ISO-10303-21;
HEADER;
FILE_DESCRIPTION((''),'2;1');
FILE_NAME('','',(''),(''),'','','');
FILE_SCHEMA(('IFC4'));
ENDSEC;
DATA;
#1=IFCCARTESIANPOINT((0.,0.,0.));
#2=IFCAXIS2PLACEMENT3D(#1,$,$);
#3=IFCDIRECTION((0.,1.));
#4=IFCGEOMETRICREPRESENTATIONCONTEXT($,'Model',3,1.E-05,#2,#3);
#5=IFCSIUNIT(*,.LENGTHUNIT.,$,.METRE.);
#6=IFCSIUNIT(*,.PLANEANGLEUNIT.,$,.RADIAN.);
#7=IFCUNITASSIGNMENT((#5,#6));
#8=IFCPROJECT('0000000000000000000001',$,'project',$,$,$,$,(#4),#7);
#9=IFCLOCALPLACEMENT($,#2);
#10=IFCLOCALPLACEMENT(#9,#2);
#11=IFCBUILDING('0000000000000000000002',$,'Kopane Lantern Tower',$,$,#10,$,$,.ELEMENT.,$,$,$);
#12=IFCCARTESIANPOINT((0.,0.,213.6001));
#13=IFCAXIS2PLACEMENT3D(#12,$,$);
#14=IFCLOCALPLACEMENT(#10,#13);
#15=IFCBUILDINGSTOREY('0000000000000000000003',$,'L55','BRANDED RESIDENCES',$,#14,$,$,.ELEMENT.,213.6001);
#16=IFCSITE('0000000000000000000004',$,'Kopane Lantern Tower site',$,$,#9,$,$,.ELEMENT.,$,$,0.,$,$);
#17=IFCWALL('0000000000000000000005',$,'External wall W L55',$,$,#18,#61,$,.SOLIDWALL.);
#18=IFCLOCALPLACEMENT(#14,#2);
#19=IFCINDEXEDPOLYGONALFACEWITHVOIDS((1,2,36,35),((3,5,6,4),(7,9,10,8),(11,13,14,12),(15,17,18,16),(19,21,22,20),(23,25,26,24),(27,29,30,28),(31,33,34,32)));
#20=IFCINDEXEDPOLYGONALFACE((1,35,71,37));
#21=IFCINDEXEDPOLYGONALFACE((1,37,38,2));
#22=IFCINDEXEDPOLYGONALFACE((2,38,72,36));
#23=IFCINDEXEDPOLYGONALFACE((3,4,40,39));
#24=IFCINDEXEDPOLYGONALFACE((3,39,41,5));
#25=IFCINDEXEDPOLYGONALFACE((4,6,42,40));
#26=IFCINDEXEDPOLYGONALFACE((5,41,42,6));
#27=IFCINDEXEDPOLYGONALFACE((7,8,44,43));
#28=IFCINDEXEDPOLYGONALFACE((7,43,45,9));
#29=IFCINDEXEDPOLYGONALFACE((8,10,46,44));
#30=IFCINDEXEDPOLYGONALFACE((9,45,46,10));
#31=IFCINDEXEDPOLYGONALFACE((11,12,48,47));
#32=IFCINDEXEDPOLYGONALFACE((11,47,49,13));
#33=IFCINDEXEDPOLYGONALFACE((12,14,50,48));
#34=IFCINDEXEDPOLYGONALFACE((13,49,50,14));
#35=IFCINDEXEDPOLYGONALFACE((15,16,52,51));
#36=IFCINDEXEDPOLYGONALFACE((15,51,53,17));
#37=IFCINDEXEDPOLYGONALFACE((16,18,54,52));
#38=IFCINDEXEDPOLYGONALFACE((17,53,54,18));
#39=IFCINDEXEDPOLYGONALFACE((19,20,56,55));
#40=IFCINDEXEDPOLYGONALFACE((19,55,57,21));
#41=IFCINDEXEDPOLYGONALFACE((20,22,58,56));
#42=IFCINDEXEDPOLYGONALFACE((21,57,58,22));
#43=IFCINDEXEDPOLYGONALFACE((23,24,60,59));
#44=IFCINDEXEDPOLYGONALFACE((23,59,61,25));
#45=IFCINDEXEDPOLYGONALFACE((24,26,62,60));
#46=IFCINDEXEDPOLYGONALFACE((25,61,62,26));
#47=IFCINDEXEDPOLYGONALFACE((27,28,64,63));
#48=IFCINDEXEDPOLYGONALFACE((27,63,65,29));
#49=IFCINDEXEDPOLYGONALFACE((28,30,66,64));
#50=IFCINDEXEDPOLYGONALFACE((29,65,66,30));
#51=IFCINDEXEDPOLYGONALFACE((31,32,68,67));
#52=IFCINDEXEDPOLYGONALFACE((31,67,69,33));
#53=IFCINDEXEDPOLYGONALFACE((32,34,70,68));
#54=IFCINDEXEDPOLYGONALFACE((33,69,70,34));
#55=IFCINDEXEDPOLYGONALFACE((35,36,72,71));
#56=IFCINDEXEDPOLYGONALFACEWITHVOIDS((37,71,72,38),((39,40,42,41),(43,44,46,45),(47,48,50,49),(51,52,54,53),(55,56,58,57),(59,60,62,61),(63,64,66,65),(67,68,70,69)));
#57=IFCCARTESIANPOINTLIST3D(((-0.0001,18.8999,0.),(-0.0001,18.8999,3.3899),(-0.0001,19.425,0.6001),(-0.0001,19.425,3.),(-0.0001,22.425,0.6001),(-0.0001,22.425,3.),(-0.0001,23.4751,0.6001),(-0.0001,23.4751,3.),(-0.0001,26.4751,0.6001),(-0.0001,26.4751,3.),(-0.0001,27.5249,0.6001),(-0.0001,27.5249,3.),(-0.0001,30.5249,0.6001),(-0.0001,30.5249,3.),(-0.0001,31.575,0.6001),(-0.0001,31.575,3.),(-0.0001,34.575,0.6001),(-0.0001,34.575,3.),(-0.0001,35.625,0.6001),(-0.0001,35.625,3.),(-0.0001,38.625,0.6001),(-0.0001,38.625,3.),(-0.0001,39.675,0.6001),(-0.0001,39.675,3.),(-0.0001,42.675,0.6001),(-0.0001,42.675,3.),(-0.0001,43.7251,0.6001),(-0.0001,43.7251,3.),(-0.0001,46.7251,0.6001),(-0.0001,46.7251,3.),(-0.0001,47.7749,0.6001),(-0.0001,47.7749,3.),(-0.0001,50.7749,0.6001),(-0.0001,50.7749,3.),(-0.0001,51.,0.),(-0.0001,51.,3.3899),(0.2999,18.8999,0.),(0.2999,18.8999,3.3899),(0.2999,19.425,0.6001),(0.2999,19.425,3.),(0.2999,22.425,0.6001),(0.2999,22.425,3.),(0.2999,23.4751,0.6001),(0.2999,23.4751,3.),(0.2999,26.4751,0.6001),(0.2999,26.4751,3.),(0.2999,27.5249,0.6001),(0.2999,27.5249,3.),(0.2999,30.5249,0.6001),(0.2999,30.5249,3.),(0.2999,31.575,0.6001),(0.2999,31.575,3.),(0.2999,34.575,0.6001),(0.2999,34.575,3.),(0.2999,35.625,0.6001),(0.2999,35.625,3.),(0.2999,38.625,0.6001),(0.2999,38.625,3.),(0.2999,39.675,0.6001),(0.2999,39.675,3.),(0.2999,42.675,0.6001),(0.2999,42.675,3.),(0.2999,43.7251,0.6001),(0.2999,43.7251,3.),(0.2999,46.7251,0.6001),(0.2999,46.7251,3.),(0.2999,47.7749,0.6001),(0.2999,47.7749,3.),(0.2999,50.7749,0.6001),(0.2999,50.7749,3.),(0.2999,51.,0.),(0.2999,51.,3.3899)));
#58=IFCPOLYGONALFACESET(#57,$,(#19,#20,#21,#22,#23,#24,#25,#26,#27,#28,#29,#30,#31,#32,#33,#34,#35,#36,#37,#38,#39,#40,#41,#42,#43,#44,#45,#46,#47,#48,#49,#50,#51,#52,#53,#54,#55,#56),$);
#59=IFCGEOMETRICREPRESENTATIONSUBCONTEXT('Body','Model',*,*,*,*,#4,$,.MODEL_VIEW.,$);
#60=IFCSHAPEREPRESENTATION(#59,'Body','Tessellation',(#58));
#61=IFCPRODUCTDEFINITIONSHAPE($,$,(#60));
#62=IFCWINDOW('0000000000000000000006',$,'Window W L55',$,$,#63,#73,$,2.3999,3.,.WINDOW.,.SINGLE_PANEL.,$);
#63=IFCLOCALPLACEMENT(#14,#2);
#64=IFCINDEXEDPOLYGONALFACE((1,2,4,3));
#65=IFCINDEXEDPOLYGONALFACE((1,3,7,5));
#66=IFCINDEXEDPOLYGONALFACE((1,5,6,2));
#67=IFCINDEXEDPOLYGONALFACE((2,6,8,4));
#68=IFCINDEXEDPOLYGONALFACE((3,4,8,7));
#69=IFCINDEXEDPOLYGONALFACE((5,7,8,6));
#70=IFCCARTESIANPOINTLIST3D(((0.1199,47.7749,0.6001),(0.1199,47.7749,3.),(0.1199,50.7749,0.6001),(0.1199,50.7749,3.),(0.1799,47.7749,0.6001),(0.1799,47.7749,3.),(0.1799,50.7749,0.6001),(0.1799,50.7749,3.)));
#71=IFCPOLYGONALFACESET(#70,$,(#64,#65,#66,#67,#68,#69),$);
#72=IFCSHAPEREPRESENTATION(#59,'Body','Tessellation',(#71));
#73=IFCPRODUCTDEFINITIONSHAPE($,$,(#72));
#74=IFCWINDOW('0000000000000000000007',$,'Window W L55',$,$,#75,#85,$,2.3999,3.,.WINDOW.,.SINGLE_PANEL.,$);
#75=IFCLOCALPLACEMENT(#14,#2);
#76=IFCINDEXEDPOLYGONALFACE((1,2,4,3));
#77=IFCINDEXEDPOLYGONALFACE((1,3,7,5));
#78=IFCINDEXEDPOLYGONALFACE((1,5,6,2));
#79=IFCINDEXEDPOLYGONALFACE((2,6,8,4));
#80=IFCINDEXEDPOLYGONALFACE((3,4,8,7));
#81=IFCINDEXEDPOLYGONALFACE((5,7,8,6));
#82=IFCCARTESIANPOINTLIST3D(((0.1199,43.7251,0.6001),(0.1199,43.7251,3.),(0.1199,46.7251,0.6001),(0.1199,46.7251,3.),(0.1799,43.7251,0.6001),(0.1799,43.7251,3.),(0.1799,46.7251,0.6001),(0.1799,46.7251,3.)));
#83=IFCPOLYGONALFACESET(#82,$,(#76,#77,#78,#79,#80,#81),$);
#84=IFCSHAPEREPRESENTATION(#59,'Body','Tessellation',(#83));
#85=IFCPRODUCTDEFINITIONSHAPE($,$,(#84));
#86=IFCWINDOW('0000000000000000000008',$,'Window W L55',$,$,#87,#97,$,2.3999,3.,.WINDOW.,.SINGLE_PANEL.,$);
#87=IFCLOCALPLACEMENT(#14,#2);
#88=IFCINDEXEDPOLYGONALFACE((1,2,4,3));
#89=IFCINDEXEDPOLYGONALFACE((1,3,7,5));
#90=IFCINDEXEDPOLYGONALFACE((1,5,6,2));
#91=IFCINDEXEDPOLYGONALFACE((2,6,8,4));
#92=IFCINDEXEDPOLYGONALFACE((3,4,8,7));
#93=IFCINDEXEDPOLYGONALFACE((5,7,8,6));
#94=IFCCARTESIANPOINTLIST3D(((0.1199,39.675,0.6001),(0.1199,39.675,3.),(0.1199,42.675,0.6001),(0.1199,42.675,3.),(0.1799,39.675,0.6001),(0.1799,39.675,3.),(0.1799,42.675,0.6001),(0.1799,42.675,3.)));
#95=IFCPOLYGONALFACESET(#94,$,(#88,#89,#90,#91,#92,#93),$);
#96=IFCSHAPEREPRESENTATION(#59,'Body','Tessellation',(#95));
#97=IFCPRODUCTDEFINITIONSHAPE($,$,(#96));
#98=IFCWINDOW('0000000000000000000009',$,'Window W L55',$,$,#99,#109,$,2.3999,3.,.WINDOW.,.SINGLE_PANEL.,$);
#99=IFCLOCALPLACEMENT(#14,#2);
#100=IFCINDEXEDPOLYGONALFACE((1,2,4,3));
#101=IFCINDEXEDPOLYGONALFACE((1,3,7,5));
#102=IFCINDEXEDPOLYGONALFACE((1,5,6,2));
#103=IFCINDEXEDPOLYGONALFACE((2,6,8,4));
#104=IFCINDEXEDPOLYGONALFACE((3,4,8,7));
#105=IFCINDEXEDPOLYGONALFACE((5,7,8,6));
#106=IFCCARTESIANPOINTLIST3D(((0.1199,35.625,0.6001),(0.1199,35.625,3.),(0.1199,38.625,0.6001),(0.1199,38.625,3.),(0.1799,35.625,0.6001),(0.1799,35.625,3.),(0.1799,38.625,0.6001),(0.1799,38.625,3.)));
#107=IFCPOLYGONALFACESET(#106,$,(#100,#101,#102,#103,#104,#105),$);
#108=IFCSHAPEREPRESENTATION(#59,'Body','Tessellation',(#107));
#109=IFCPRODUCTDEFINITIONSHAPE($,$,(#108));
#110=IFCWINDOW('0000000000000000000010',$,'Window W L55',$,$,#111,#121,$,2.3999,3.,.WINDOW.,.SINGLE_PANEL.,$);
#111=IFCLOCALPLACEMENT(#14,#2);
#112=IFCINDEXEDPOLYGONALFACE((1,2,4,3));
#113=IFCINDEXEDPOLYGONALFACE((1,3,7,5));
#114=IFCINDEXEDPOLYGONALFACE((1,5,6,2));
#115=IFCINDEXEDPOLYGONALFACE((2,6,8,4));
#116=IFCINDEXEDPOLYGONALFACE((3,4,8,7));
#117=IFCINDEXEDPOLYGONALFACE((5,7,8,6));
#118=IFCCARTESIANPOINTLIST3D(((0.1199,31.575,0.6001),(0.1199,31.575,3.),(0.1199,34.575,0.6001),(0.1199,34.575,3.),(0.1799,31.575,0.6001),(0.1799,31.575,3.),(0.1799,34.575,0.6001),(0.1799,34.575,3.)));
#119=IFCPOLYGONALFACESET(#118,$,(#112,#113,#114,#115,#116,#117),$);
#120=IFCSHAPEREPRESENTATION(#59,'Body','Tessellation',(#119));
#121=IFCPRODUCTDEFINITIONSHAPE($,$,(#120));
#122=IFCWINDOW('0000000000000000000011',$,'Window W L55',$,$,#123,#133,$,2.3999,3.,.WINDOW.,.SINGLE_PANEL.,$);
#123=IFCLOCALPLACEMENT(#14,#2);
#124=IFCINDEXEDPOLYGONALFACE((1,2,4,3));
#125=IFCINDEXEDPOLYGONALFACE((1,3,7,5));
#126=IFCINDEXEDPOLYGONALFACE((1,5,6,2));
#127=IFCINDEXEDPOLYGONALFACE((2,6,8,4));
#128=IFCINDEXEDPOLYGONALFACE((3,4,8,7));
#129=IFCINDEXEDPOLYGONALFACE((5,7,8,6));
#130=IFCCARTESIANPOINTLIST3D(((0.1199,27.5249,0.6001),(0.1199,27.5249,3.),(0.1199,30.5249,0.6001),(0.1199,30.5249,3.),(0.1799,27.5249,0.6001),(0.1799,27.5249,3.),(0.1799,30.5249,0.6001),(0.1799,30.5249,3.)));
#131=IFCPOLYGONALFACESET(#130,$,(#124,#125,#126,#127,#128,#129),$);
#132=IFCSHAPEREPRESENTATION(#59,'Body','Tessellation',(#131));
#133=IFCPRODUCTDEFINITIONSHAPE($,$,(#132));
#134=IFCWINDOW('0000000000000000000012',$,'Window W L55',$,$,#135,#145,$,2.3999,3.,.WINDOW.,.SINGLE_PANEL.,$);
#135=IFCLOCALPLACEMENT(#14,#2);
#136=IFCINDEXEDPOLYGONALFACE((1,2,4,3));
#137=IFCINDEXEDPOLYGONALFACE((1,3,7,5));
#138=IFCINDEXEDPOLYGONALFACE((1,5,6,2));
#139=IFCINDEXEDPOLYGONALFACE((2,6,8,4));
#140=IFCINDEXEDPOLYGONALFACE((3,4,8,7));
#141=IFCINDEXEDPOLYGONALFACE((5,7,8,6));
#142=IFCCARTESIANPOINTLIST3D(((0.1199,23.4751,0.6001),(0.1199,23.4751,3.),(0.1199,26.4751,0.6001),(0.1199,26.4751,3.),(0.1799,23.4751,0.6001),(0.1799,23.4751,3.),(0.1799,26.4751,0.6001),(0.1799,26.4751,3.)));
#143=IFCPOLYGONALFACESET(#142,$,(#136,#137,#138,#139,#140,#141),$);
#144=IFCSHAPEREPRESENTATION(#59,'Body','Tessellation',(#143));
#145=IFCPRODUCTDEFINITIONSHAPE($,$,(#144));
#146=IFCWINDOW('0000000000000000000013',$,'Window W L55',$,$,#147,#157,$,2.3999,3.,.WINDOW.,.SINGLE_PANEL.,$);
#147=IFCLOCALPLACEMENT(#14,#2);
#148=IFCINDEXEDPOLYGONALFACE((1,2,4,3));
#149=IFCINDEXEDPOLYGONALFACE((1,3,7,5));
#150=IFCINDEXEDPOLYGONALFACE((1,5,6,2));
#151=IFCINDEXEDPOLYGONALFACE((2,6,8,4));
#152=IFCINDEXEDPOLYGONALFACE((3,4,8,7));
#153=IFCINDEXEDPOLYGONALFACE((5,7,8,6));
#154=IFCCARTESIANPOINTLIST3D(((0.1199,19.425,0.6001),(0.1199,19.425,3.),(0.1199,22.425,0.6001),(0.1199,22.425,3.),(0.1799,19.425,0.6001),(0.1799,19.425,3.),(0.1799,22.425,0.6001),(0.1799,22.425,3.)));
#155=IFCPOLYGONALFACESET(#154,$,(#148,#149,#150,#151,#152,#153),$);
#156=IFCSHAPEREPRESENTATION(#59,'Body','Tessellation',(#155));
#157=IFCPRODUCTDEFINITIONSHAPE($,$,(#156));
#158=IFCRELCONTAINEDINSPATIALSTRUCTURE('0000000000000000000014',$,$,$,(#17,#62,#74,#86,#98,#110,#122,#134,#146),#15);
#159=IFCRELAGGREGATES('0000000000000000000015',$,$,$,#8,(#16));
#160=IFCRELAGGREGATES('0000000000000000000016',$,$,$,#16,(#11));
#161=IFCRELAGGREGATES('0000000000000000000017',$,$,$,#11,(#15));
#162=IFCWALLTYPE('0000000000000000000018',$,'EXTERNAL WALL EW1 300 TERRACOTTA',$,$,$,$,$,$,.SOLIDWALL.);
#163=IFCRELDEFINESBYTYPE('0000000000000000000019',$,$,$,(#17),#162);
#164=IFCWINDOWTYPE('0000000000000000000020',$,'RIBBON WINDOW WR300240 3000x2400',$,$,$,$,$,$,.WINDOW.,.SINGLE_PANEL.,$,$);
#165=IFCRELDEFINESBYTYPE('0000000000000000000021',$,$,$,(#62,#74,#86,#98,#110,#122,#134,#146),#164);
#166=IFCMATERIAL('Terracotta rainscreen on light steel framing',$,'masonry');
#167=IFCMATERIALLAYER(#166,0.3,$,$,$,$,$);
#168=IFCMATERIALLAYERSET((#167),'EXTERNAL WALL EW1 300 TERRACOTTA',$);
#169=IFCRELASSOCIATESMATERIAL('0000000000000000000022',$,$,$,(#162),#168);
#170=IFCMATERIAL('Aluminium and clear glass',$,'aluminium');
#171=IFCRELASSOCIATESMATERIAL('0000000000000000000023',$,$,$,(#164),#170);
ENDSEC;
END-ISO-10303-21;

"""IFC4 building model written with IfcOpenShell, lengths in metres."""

from ifc_helpers import new_model, si_unit, direction, frame, frame_2d, origin, place, context, subcontext, project, spatial, rectangle, extrude, material, layer, layer_set, type_object, element, fill, save


model = new_model("IFC4")

# Units and contexts
model_context = context("Model", 3, precision=1e-05, world=origin(), true_north=direction((0.0, 1.0)))
body_context = subcontext(model_context, "Body", "Model", "MODEL_VIEW")
ifc_project = project(units=[si_unit("LENGTHUNIT", "METRE"), si_unit("PLANEANGLEUNIT", "RADIAN")], contexts=[model_context])

# Site, building, storey
site_placement = place(None, origin())
site = spatial("IfcSite", under=ifc_project, at=site_placement, Name="Kopane Lantern Tower site", CompositionType="ELEMENT", RefElevation=0.0)
building_placement = place(site_placement, origin())
building = spatial("IfcBuilding", under=site, at=building_placement, Name="Kopane Lantern Tower", CompositionType="ELEMENT")
storey_placement = place(building_placement, frame((0.0, 0.0, 213.6001)))
storey = spatial("IfcBuildingStorey", under=building, at=storey_placement, Name="L55", Description="BRANDED RESIDENCES", CompositionType="ELEMENT", Elevation=213.6001)

# Shared definitions
ifc_material_1 = material(Name="Terracotta rainscreen on light steel framing", Category="masonry")
ifc_layer_1 = layer(ifc_material_1, 0.3)
ifc_layer_set_1 = layer_set([ifc_layer_1], Name="EXTERNAL WALL EW1 300 TERRACOTTA")
wall_type_1 = type_object("IfcWallType", Name="EXTERNAL WALL EW1 300 TERRACOTTA", PredefinedType="SOLIDWALL", material=ifc_layer_set_1)

# Wall, openings, windows
wall_1_placement = place(storey_placement, frame((0.1499, 51.0, 0.0), z_axis=(0.0, 0.0, 1.0), x_axis=(0.0, -1.0, 0.0)))
wall_1 = element("IfcWall", 1, at=wall_1_placement, inside=storey, type_object=wall_type_1, Name="External wall W L55", PredefinedType="SOLIDWALL", context=body_context, shape_type="SweptSolid", body=[
    extrude(rectangle(XDim=32.1001, YDim=0.3, at=frame_2d((16.05, 0.0))), origin(), (0.0, 0.0, 1.0), 3.3899),
])
opening_1_placement = place(wall_1_placement, frame((0.2251, 0.0, 0.6001)))
opening_1 = element("IfcOpeningElement", 2, at=opening_1_placement, cuts=wall_1, PredefinedType="OPENING", context=body_context, shape_type="SweptSolid", body=[
    extrude(rectangle(XDim=3.0, YDim=2.3999, at=frame_2d((1.5, 1.2))), frame((0.0, 0.1599, 0.0), z_axis=(0.0, -1.0, 0.0), x_axis=(1.0, 0.0, 0.0)), (0.0, 0.0, 1.0), 0.3201),
])
opening_2_placement = place(wall_1_placement, frame((4.2749, 0.0, 0.6001)))
opening_2 = element("IfcOpeningElement", 3, at=opening_2_placement, cuts=wall_1, PredefinedType="OPENING", context=body_context, shape_type="SweptSolid", body=[
    extrude(rectangle(XDim=3.0, YDim=2.3999, at=frame_2d((1.5, 1.2))), frame((0.0, 0.1599, 0.0), z_axis=(0.0, -1.0, 0.0), x_axis=(1.0, 0.0, 0.0)), (0.0, 0.0, 1.0), 0.3201),
])
opening_3_placement = place(wall_1_placement, frame((8.325, 0.0, 0.6001)))
opening_3 = element("IfcOpeningElement", 4, at=opening_3_placement, cuts=wall_1, PredefinedType="OPENING", context=body_context, shape_type="SweptSolid", body=[
    extrude(rectangle(XDim=3.0, YDim=2.3999, at=frame_2d((1.5, 1.2))), frame((0.0, 0.1599, 0.0), z_axis=(0.0, -1.0, 0.0), x_axis=(1.0, 0.0, 0.0)), (0.0, 0.0, 1.0), 0.3201),
])
opening_4_placement = place(wall_1_placement, frame((12.375, 0.0, 0.6001)))
opening_4 = element("IfcOpeningElement", 5, at=opening_4_placement, cuts=wall_1, PredefinedType="OPENING", context=body_context, shape_type="SweptSolid", body=[
    extrude(rectangle(XDim=3.0, YDim=2.3999, at=frame_2d((1.5, 1.2))), frame((0.0, 0.1599, 0.0), z_axis=(0.0, -1.0, 0.0), x_axis=(1.0, 0.0, 0.0)), (0.0, 0.0, 1.0), 0.3201),
])
opening_5_placement = place(wall_1_placement, frame((16.425, 0.0, 0.6001)))
opening_5 = element("IfcOpeningElement", 6, at=opening_5_placement, cuts=wall_1, PredefinedType="OPENING", context=body_context, shape_type="SweptSolid", body=[
    extrude(rectangle(XDim=3.0, YDim=2.3999, at=frame_2d((1.5, 1.2))), frame((0.0, 0.1599, 0.0), z_axis=(0.0, -1.0, 0.0), x_axis=(1.0, 0.0, 0.0)), (0.0, 0.0, 1.0), 0.3201),
])
opening_6_placement = place(wall_1_placement, frame((20.4751, 0.0, 0.6001)))
opening_6 = element("IfcOpeningElement", 7, at=opening_6_placement, cuts=wall_1, PredefinedType="OPENING", context=body_context, shape_type="SweptSolid", body=[
    extrude(rectangle(XDim=3.0, YDim=2.3999, at=frame_2d((1.5, 1.2))), frame((0.0, 0.1599, 0.0), z_axis=(0.0, -1.0, 0.0), x_axis=(1.0, 0.0, 0.0)), (0.0, 0.0, 1.0), 0.3201),
])
opening_7_placement = place(wall_1_placement, frame((24.5249, 0.0, 0.6001)))
opening_7 = element("IfcOpeningElement", 8, at=opening_7_placement, cuts=wall_1, PredefinedType="OPENING", context=body_context, shape_type="SweptSolid", body=[
    extrude(rectangle(XDim=3.0, YDim=2.3999, at=frame_2d((1.5, 1.2))), frame((0.0, 0.1599, 0.0), z_axis=(0.0, -1.0, 0.0), x_axis=(1.0, 0.0, 0.0)), (0.0, 0.0, 1.0), 0.3201),
])
opening_8_placement = place(wall_1_placement, frame((28.575, 0.0, 0.6001)))
opening_8 = element("IfcOpeningElement", 9, at=opening_8_placement, cuts=wall_1, PredefinedType="OPENING", context=body_context, shape_type="SweptSolid", body=[
    extrude(rectangle(XDim=3.0, YDim=2.3999, at=frame_2d((1.5, 1.2))), frame((0.0, 0.1599, 0.0), z_axis=(0.0, -1.0, 0.0), x_axis=(1.0, 0.0, 0.0)), (0.0, 0.0, 1.0), 0.3201),
])
ifc_material_2 = material(Name="Aluminium and clear glass", Category="aluminium")
window_type_1 = type_object("IfcWindowType", Name="RIBBON WINDOW WR300240 3000x2400", PartitioningType="SINGLE_PANEL", PredefinedType="WINDOW", material=ifc_material_2)
window_1_placement = place(opening_1_placement, origin())
window_1 = element("IfcWindow", 10, at=window_1_placement, inside=storey, type_object=window_type_1, Name="Window W L55", OverallHeight=2.3999, OverallWidth=3.0, PartitioningType="SINGLE_PANEL", PredefinedType="WINDOW", context=body_context, shape_type="SweptSolid", body=[
    extrude(rectangle(XDim=3.0, YDim=2.3999, at=frame_2d((1.5, 1.2))), frame((0.0, 0.03, 0.0), z_axis=(0.0, -1.0, 0.0), x_axis=(1.0, 0.0, 0.0)), (0.0, 0.0, 1.0), 0.0601),
])
fill(opening_1, window_1)
window_2_placement = place(opening_2_placement, origin())
window_2 = element("IfcWindow", 11, at=window_2_placement, inside=storey, type_object=window_type_1, Name="Window W L55", OverallHeight=2.3999, OverallWidth=3.0, PartitioningType="SINGLE_PANEL", PredefinedType="WINDOW", context=body_context, shape_type="SweptSolid", body=[
    extrude(rectangle(XDim=3.0, YDim=2.3999, at=frame_2d((1.5, 1.2))), frame((0.0, 0.03, 0.0), z_axis=(0.0, -1.0, 0.0), x_axis=(1.0, 0.0, 0.0)), (0.0, 0.0, 1.0), 0.0601),
])
fill(opening_2, window_2)
window_3_placement = place(opening_3_placement, origin())
window_3 = element("IfcWindow", 12, at=window_3_placement, inside=storey, type_object=window_type_1, Name="Window W L55", OverallHeight=2.3999, OverallWidth=3.0, PartitioningType="SINGLE_PANEL", PredefinedType="WINDOW", context=body_context, shape_type="SweptSolid", body=[
    extrude(rectangle(XDim=3.0, YDim=2.3999, at=frame_2d((1.5, 1.2))), frame((0.0, 0.03, 0.0), z_axis=(0.0, -1.0, 0.0), x_axis=(1.0, 0.0, 0.0)), (0.0, 0.0, 1.0), 0.0601),
])
fill(opening_3, window_3)
window_4_placement = place(opening_4_placement, origin())
window_4 = element("IfcWindow", 13, at=window_4_placement, inside=storey, type_object=window_type_1, Name="Window W L55", OverallHeight=2.3999, OverallWidth=3.0, PartitioningType="SINGLE_PANEL", PredefinedType="WINDOW", context=body_context, shape_type="SweptSolid", body=[
    extrude(rectangle(XDim=3.0, YDim=2.3999, at=frame_2d((1.5, 1.2))), frame((0.0, 0.03, 0.0), z_axis=(0.0, -1.0, 0.0), x_axis=(1.0, 0.0, 0.0)), (0.0, 0.0, 1.0), 0.0601),
])
fill(opening_4, window_4)
window_5_placement = place(opening_5_placement, origin())
window_5 = element("IfcWindow", 14, at=window_5_placement, inside=storey, type_object=window_type_1, Name="Window W L55", OverallHeight=2.3999, OverallWidth=3.0, PartitioningType="SINGLE_PANEL", PredefinedType="WINDOW", context=body_context, shape_type="SweptSolid", body=[
    extrude(rectangle(XDim=3.0, YDim=2.3999, at=frame_2d((1.5, 1.2))), frame((0.0, 0.03, 0.0), z_axis=(0.0, -1.0, 0.0), x_axis=(1.0, 0.0, 0.0)), (0.0, 0.0, 1.0), 0.0601),
])
fill(opening_5, window_5)
window_6_placement = place(opening_6_placement, origin())
window_6 = element("IfcWindow", 15, at=window_6_placement, inside=storey, type_object=window_type_1, Name="Window W L55", OverallHeight=2.3999, OverallWidth=3.0, PartitioningType="SINGLE_PANEL", PredefinedType="WINDOW", context=body_context, shape_type="SweptSolid", body=[
    extrude(rectangle(XDim=3.0, YDim=2.3999, at=frame_2d((1.5, 1.2))), frame((0.0, 0.03, 0.0), z_axis=(0.0, -1.0, 0.0), x_axis=(1.0, 0.0, 0.0)), (0.0, 0.0, 1.0), 0.0601),
])
fill(opening_6, window_6)
window_7_placement = place(opening_7_placement, origin())
window_7 = element("IfcWindow", 16, at=window_7_placement, inside=storey, type_object=window_type_1, Name="Window W L55", OverallHeight=2.3999, OverallWidth=3.0, PartitioningType="SINGLE_PANEL", PredefinedType="WINDOW", context=body_context, shape_type="SweptSolid", body=[
    extrude(rectangle(XDim=3.0, YDim=2.3999, at=frame_2d((1.5, 1.2))), frame((0.0, 0.03, 0.0), z_axis=(0.0, -1.0, 0.0), x_axis=(1.0, 0.0, 0.0)), (0.0, 0.0, 1.0), 0.0601),
])
fill(opening_7, window_7)
window_8_placement = place(opening_8_placement, origin())
window_8 = element("IfcWindow", 17, at=window_8_placement, inside=storey, type_object=window_type_1, Name="Window W L55", OverallHeight=2.3999, OverallWidth=3.0, PartitioningType="SINGLE_PANEL", PredefinedType="WINDOW", context=body_context, shape_type="SweptSolid", body=[
    extrude(rectangle(XDim=3.0, YDim=2.3999, at=frame_2d((1.5, 1.2))), frame((0.0, 0.03, 0.0), z_axis=(0.0, -1.0, 0.0), x_axis=(1.0, 0.0, 0.0)), (0.0, 0.0, 1.0), 0.0601),
])
fill(opening_8, window_8)

save(model, "model.ifc")
